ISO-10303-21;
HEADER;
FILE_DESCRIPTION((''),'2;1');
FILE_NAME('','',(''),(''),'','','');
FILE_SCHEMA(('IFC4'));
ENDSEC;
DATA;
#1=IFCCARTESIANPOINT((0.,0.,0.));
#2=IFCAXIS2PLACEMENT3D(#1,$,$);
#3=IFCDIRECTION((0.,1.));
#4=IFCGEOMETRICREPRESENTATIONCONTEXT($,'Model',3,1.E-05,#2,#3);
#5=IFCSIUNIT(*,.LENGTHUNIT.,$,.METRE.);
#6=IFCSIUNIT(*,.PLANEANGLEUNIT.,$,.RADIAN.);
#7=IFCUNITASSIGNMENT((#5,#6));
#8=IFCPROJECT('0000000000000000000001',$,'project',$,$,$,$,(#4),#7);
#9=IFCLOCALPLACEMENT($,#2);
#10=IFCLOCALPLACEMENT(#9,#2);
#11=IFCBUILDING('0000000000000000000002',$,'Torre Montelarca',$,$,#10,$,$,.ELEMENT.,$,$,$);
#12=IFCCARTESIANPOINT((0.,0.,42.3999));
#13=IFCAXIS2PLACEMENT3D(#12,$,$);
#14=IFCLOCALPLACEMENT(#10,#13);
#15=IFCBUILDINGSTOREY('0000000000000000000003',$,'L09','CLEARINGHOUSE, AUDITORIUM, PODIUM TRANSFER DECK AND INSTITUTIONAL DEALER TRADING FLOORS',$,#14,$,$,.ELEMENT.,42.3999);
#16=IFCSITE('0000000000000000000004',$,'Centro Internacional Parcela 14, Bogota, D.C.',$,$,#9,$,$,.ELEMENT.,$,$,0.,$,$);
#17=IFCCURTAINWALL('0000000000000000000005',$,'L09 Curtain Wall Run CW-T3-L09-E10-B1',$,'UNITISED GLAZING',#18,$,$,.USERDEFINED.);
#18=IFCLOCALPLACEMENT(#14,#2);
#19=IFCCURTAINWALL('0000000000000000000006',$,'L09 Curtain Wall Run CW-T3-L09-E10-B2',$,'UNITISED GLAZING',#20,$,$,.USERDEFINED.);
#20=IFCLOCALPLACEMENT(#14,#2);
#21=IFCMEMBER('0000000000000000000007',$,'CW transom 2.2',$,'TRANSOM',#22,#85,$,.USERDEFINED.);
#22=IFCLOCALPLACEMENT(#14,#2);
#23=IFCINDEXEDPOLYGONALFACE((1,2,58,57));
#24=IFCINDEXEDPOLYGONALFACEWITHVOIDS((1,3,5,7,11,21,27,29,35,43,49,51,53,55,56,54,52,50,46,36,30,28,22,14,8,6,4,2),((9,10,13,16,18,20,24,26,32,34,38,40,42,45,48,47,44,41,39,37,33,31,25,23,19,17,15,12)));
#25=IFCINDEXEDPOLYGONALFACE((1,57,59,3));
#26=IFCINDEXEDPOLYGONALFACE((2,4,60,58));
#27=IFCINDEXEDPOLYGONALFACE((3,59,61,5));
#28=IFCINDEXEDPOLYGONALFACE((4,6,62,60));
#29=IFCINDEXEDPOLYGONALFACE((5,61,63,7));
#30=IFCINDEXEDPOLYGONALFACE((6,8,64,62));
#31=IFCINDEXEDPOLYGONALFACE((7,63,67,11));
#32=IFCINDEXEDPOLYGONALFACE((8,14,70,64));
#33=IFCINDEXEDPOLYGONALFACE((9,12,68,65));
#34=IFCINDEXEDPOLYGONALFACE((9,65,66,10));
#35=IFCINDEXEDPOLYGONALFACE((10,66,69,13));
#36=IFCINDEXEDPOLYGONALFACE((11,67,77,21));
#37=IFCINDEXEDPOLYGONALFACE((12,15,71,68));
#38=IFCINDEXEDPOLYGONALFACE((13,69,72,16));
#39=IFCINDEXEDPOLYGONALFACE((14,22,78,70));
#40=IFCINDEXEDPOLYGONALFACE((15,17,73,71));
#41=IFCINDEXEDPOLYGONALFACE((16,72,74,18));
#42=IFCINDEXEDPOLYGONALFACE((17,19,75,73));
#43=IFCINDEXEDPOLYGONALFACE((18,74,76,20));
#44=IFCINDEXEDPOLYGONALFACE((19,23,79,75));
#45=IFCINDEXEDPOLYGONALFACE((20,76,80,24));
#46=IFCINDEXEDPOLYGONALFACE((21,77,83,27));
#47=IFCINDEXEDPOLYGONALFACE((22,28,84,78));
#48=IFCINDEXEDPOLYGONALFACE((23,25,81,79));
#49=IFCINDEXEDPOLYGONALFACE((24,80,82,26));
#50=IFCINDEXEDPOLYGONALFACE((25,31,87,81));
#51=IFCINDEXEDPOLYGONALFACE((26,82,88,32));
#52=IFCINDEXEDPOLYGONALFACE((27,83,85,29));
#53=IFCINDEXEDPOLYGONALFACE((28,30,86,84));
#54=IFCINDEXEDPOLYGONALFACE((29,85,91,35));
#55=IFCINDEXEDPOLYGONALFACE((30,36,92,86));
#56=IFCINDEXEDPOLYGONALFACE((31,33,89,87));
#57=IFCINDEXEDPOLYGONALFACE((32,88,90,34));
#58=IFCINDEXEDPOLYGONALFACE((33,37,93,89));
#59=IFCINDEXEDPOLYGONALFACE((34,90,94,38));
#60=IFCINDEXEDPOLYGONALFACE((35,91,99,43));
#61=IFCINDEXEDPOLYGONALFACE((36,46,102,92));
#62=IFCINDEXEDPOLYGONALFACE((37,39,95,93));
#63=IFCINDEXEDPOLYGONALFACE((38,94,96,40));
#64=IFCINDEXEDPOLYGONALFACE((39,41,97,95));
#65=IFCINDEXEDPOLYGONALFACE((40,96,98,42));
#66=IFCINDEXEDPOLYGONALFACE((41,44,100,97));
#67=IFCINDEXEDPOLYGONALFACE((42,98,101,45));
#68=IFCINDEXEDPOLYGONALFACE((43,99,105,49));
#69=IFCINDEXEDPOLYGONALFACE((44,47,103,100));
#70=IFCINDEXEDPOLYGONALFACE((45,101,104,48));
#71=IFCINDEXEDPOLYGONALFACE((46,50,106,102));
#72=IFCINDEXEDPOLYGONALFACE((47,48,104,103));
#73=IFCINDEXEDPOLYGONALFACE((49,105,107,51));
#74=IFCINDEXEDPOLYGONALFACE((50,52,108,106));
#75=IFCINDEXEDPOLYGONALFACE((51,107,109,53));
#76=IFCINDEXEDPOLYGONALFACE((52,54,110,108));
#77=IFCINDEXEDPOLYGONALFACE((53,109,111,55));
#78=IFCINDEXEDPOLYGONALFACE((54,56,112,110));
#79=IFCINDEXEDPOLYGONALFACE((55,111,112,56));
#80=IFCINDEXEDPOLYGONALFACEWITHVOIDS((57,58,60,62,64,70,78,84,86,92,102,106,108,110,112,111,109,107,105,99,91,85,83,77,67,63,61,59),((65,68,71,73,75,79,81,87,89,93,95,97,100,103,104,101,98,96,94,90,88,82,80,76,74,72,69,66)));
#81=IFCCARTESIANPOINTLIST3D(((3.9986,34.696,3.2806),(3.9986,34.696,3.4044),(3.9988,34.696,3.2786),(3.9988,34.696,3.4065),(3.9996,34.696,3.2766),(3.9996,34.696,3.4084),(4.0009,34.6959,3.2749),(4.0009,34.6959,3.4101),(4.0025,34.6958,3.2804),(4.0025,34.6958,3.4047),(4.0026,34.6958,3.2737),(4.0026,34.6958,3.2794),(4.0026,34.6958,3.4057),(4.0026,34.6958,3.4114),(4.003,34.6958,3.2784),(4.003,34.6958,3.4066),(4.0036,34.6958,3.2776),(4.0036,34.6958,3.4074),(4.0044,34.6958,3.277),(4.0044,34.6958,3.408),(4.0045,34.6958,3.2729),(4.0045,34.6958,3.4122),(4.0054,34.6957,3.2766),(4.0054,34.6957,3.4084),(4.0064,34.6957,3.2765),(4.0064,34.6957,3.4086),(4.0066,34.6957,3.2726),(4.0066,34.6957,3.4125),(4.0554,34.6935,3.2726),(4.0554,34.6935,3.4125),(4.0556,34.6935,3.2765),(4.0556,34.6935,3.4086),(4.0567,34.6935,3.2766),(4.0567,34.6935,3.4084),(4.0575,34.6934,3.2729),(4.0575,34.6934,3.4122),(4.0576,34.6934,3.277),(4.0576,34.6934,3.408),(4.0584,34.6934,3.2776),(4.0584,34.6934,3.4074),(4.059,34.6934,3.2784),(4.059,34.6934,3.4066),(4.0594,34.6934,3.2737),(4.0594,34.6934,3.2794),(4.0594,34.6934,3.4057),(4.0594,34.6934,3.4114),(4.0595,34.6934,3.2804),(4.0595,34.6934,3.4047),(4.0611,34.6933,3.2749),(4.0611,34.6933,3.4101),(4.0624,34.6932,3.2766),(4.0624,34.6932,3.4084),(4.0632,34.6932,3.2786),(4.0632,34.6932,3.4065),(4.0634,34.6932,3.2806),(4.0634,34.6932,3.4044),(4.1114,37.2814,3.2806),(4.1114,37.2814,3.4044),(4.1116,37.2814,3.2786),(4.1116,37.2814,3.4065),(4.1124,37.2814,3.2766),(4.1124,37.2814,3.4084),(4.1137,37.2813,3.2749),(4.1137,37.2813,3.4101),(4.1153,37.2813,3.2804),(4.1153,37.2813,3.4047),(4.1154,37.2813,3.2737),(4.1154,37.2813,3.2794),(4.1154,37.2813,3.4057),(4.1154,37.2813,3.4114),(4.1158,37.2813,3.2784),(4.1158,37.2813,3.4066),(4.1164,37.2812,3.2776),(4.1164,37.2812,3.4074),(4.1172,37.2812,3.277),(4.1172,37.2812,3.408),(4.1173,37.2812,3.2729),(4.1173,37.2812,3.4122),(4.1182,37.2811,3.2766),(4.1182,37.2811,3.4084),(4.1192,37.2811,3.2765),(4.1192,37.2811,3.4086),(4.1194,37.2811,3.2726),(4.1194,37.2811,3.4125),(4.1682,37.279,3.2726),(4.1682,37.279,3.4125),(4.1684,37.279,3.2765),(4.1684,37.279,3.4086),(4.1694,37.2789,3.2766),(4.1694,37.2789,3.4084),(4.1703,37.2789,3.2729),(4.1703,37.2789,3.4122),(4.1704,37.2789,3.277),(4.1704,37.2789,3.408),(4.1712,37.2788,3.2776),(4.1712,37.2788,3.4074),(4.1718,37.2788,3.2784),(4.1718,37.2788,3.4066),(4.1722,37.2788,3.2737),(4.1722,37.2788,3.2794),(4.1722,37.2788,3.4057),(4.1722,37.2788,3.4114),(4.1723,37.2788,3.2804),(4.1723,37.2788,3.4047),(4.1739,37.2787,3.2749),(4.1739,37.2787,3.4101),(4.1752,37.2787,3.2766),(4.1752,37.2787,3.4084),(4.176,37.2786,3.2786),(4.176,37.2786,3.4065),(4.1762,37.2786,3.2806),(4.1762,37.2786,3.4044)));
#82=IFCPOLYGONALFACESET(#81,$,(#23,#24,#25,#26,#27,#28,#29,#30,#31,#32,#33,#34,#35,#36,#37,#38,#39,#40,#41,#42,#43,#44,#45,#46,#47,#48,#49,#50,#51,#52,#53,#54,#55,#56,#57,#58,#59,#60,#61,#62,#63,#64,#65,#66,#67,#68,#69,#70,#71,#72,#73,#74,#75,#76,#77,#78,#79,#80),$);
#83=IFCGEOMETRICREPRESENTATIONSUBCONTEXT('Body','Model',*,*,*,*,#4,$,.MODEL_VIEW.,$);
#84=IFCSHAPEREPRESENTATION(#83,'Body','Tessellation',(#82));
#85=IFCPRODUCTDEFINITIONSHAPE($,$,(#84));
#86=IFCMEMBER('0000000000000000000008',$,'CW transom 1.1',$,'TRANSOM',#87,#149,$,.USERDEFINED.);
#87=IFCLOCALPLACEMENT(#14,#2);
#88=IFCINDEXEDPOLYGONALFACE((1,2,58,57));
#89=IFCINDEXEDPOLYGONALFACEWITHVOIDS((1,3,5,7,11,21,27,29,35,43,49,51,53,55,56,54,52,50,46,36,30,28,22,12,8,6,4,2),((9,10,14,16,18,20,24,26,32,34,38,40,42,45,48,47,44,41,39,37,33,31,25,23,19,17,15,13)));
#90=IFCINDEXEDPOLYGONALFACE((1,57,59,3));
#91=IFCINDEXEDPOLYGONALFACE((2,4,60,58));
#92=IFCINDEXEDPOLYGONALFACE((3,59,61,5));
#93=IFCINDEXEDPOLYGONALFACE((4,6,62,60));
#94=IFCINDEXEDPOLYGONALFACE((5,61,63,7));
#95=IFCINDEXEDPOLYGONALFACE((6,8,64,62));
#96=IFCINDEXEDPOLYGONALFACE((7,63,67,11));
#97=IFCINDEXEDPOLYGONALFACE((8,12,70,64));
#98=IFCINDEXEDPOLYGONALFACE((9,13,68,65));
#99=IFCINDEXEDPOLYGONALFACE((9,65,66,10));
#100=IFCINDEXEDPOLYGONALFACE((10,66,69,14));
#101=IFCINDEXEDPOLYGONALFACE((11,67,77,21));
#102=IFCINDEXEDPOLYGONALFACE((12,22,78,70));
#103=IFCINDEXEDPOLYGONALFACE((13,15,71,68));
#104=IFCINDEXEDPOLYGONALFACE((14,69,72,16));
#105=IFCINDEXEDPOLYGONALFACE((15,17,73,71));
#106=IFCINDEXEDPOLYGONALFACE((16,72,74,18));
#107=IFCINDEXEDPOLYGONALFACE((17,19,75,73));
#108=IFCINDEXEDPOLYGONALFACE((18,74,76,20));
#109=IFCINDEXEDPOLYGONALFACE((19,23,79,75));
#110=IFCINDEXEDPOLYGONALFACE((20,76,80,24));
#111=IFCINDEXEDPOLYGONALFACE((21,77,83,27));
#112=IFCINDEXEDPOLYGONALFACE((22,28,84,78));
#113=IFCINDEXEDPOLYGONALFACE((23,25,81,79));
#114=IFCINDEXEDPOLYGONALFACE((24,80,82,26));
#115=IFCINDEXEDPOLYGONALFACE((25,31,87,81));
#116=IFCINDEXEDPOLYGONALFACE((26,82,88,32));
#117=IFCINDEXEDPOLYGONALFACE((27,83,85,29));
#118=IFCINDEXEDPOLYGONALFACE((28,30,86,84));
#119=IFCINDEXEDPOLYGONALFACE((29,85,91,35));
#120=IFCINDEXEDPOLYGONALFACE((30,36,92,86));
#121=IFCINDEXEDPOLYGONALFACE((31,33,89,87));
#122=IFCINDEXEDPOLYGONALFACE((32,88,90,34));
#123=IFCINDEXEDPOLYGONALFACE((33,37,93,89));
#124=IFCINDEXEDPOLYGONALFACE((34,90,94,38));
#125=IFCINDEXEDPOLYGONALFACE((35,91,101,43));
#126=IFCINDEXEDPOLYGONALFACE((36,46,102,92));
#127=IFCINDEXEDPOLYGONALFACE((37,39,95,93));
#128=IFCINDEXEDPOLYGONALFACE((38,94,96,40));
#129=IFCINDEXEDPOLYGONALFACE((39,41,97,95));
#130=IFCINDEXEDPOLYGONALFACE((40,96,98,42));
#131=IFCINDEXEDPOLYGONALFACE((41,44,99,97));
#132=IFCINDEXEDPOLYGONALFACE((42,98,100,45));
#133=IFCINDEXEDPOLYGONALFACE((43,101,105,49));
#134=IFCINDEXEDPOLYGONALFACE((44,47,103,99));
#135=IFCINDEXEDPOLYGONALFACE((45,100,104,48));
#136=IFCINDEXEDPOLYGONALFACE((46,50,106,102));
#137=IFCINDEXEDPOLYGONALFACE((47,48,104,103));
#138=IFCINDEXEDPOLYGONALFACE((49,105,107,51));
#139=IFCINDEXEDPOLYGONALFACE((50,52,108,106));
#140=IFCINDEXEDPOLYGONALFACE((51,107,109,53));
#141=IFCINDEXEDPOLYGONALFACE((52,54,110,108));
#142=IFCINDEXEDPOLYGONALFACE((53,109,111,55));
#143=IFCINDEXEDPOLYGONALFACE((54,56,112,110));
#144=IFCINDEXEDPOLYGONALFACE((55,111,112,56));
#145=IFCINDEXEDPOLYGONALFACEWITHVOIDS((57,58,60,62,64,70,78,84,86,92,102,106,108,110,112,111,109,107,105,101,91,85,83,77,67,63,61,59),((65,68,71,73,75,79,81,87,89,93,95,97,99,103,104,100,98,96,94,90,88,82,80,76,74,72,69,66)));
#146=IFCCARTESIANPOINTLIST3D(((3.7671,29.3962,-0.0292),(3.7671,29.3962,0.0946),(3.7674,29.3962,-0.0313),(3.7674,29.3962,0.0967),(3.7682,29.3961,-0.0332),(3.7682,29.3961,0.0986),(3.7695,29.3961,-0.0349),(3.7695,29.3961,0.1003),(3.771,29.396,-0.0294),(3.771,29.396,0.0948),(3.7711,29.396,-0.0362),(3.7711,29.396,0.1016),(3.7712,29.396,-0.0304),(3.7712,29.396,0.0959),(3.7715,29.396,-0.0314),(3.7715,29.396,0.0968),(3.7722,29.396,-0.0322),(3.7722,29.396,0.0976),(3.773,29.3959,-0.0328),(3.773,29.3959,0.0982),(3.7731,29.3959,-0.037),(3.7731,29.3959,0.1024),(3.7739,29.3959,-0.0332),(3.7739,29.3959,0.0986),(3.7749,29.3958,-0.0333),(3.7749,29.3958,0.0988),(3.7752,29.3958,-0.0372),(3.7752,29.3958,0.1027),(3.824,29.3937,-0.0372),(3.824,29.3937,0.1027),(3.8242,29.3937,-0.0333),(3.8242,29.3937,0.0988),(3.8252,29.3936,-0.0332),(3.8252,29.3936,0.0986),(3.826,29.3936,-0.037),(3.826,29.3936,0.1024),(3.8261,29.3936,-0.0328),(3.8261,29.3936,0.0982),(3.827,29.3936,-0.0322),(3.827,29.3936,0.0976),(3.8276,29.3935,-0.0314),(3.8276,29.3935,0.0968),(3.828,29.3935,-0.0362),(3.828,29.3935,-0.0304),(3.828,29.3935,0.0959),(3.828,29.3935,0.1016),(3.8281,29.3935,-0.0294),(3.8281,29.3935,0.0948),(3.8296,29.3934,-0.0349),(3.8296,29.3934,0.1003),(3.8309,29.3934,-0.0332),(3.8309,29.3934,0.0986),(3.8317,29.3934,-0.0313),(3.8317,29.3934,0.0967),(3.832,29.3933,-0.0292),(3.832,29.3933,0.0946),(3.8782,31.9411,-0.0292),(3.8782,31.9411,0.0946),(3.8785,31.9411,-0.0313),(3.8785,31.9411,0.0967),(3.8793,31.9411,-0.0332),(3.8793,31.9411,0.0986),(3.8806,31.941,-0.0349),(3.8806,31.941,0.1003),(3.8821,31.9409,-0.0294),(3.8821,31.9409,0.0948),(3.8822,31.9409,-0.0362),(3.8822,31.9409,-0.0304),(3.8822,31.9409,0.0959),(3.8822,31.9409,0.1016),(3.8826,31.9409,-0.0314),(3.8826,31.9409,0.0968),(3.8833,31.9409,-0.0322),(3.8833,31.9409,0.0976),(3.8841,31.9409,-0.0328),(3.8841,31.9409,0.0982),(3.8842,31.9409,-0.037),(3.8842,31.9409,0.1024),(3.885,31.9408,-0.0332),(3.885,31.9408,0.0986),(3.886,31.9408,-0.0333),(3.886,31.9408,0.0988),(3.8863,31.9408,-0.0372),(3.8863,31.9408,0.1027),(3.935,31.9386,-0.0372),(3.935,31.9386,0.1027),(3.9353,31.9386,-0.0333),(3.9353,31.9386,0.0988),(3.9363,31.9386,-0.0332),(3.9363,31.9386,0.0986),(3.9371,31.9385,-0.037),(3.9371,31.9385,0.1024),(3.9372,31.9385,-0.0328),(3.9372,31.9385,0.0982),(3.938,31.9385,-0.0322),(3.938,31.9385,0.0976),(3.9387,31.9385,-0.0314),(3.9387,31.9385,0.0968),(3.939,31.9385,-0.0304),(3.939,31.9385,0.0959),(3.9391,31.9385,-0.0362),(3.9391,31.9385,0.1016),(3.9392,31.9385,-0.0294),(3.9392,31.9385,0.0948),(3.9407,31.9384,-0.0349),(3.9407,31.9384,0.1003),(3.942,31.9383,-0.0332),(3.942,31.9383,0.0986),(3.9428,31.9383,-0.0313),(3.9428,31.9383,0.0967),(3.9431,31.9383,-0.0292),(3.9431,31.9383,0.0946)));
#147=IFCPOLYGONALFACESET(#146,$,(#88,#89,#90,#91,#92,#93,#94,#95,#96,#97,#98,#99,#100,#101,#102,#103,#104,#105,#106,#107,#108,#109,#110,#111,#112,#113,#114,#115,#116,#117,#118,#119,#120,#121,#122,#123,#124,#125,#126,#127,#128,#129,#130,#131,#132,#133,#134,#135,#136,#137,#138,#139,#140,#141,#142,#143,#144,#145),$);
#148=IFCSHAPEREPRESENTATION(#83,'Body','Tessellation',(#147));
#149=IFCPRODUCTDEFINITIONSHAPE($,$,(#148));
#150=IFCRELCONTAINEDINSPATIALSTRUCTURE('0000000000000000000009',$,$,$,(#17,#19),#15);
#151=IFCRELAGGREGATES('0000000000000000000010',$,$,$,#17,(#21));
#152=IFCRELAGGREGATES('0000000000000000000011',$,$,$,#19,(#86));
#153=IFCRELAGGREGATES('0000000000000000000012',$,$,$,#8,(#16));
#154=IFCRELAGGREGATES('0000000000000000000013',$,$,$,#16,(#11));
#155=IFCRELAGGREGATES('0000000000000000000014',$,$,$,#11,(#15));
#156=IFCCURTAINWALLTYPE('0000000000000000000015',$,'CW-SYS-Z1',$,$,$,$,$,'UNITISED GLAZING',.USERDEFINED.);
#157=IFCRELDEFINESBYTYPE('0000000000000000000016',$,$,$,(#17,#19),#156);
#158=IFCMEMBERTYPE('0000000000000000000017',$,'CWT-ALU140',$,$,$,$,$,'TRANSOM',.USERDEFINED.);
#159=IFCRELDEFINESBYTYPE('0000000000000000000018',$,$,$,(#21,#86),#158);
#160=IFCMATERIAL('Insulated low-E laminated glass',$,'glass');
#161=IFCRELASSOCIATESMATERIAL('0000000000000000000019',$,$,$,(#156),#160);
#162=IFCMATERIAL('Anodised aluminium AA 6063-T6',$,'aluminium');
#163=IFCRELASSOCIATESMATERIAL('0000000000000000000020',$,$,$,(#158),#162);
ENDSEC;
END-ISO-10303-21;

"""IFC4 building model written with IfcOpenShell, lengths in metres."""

from ifc_helpers import new_model, si_unit, direction, frame, origin, origin_2d, place, context, subcontext, project, spatial, hollow_rectangle, extrude, source, transform, mapped, material, material_profile, profile_set, type_object, element, aggregate, save


model = new_model("IFC4")

# Units and contexts
model_context = context("Model", 3, precision=1e-05, world=origin(), true_north=direction((0.0, 1.0)))
body_context = subcontext(model_context, "Body", "Model", "MODEL_VIEW")
ifc_project = project(units=[si_unit("LENGTHUNIT", "METRE"), si_unit("PLANEANGLEUNIT", "RADIAN")], contexts=[model_context])

# Site, building, storey
site_placement = place(None, origin())
site = spatial("IfcSite", under=ifc_project, at=site_placement, Name="Centro Internacional Parcela 14, Bogota, D.C.", CompositionType="ELEMENT", RefElevation=0.0)
building_placement = place(site_placement, origin())
building = spatial("IfcBuilding", under=site, at=building_placement, Name="Torre Montelarca", CompositionType="ELEMENT")
storey_placement = place(building_placement, frame((0.0, 0.0, 42.3999)))
storey = spatial("IfcBuildingStorey", under=building, at=storey_placement, Name="L09", Description="CLEARINGHOUSE, AUDITORIUM, PODIUM TRANSFER DECK AND INSTITUTIONAL DEALER TRADING FLOORS", CompositionType="ELEMENT", Elevation=42.3999)

# Curtain walls
ifc_material_1 = material(Name="Insulated low-E laminated glass", Category="glass")
curtain_wall_type = type_object("IfcCurtainWallType", Name="CW-SYS-Z1", ElementType="UNITISED GLAZING", PredefinedType="USERDEFINED", material=ifc_material_1)
curtain_wall_1_placement = place(storey_placement, origin())
curtain_wall_1 = element("IfcCurtainWall", 1, at=curtain_wall_1_placement, inside=storey, type_object=curtain_wall_type, Name="L09 Curtain Wall Run CW-T3-L09-E10-B1", ObjectType="UNITISED GLAZING", PredefinedType="USERDEFINED")
ifc_material_2 = material(Name="Anodised aluminium AA 6063-T6", Category="aluminium")
curtain_wall_2_placement = place(storey_placement, origin())
curtain_wall_2 = element("IfcCurtainWall", 2, at=curtain_wall_2_placement, inside=storey, type_object=curtain_wall_type, Name="L09 Curtain Wall Run CW-T3-L09-E10-B2", ObjectType="UNITISED GLAZING", PredefinedType="USERDEFINED")

# Members
ifc_material_profile_1 = material_profile(ifc_material_2, hollow_rectangle(XDim=0.0649, YDim=0.1399, WallThickness=0.0039, InnerFilletRadius=0.0039, OuterFilletRadius=0.0081, at=origin_2d()), Name="ALU65X140X4", Category="aluminium")
ifc_profile_set_1 = profile_set([ifc_material_profile_1], Name="Anodised aluminium AA 6063-T6")
member_type_1 = type_object("IfcMemberType", Name="CWT-ALU140", ElementType="TRANSOM", PredefinedType="USERDEFINED", material=ifc_profile_set_1)
shared_shape_1 = source(origin(), body_context, "Body", "SweptSolid", [
    extrude(hollow_rectangle(XDim=0.0649, YDim=0.1399, WallThickness=0.0039, InnerFilletRadius=0.0039, OuterFilletRadius=0.0081, at=origin_2d()), origin(), (0.0, 0.0, 1.0), 2.5879),
])
member_1_placement = place(storey_placement, frame((4.1438, 37.28, 3.3425), z_axis=(-0.043585, -0.99905, 0.0), x_axis=(0.99905, -0.043585, 0.0)))
member_1 = element("IfcMember", 3, at=member_1_placement, type_object=member_type_1, Name="CW transom 2.2", ObjectType="TRANSOM", PredefinedType="USERDEFINED", context=body_context, shape_type="MappedRepresentation", body=[
    mapped(shared_shape_1, transform((0.0, 0.0, 0.0), scale=1.0)),
])
shared_shape_2 = source(origin(), body_context, "Body", "SweptSolid", [
    extrude(hollow_rectangle(XDim=0.0649, YDim=0.1399, WallThickness=0.0039, InnerFilletRadius=0.0039, OuterFilletRadius=0.0081, at=origin_2d()), origin(), (0.0, 0.0, 1.0), 2.5474),
])
member_2_placement = place(storey_placement, frame((3.9106, 31.9397, 0.0327), z_axis=(-0.043608, -0.999049, 0.0), x_axis=(0.999049, -0.043608, 0.0)))
member_2 = element("IfcMember", 4, at=member_2_placement, type_object=member_type_1, Name="CW transom 1.1", ObjectType="TRANSOM", PredefinedType="USERDEFINED", context=body_context, shape_type="MappedRepresentation", body=[
    mapped(shared_shape_2, transform((0.0, 0.0, 0.0), scale=1.0)),
])

aggregate(curtain_wall_1, [member_1])
aggregate(curtain_wall_2, [member_2])

save(model, "model.ifc")
